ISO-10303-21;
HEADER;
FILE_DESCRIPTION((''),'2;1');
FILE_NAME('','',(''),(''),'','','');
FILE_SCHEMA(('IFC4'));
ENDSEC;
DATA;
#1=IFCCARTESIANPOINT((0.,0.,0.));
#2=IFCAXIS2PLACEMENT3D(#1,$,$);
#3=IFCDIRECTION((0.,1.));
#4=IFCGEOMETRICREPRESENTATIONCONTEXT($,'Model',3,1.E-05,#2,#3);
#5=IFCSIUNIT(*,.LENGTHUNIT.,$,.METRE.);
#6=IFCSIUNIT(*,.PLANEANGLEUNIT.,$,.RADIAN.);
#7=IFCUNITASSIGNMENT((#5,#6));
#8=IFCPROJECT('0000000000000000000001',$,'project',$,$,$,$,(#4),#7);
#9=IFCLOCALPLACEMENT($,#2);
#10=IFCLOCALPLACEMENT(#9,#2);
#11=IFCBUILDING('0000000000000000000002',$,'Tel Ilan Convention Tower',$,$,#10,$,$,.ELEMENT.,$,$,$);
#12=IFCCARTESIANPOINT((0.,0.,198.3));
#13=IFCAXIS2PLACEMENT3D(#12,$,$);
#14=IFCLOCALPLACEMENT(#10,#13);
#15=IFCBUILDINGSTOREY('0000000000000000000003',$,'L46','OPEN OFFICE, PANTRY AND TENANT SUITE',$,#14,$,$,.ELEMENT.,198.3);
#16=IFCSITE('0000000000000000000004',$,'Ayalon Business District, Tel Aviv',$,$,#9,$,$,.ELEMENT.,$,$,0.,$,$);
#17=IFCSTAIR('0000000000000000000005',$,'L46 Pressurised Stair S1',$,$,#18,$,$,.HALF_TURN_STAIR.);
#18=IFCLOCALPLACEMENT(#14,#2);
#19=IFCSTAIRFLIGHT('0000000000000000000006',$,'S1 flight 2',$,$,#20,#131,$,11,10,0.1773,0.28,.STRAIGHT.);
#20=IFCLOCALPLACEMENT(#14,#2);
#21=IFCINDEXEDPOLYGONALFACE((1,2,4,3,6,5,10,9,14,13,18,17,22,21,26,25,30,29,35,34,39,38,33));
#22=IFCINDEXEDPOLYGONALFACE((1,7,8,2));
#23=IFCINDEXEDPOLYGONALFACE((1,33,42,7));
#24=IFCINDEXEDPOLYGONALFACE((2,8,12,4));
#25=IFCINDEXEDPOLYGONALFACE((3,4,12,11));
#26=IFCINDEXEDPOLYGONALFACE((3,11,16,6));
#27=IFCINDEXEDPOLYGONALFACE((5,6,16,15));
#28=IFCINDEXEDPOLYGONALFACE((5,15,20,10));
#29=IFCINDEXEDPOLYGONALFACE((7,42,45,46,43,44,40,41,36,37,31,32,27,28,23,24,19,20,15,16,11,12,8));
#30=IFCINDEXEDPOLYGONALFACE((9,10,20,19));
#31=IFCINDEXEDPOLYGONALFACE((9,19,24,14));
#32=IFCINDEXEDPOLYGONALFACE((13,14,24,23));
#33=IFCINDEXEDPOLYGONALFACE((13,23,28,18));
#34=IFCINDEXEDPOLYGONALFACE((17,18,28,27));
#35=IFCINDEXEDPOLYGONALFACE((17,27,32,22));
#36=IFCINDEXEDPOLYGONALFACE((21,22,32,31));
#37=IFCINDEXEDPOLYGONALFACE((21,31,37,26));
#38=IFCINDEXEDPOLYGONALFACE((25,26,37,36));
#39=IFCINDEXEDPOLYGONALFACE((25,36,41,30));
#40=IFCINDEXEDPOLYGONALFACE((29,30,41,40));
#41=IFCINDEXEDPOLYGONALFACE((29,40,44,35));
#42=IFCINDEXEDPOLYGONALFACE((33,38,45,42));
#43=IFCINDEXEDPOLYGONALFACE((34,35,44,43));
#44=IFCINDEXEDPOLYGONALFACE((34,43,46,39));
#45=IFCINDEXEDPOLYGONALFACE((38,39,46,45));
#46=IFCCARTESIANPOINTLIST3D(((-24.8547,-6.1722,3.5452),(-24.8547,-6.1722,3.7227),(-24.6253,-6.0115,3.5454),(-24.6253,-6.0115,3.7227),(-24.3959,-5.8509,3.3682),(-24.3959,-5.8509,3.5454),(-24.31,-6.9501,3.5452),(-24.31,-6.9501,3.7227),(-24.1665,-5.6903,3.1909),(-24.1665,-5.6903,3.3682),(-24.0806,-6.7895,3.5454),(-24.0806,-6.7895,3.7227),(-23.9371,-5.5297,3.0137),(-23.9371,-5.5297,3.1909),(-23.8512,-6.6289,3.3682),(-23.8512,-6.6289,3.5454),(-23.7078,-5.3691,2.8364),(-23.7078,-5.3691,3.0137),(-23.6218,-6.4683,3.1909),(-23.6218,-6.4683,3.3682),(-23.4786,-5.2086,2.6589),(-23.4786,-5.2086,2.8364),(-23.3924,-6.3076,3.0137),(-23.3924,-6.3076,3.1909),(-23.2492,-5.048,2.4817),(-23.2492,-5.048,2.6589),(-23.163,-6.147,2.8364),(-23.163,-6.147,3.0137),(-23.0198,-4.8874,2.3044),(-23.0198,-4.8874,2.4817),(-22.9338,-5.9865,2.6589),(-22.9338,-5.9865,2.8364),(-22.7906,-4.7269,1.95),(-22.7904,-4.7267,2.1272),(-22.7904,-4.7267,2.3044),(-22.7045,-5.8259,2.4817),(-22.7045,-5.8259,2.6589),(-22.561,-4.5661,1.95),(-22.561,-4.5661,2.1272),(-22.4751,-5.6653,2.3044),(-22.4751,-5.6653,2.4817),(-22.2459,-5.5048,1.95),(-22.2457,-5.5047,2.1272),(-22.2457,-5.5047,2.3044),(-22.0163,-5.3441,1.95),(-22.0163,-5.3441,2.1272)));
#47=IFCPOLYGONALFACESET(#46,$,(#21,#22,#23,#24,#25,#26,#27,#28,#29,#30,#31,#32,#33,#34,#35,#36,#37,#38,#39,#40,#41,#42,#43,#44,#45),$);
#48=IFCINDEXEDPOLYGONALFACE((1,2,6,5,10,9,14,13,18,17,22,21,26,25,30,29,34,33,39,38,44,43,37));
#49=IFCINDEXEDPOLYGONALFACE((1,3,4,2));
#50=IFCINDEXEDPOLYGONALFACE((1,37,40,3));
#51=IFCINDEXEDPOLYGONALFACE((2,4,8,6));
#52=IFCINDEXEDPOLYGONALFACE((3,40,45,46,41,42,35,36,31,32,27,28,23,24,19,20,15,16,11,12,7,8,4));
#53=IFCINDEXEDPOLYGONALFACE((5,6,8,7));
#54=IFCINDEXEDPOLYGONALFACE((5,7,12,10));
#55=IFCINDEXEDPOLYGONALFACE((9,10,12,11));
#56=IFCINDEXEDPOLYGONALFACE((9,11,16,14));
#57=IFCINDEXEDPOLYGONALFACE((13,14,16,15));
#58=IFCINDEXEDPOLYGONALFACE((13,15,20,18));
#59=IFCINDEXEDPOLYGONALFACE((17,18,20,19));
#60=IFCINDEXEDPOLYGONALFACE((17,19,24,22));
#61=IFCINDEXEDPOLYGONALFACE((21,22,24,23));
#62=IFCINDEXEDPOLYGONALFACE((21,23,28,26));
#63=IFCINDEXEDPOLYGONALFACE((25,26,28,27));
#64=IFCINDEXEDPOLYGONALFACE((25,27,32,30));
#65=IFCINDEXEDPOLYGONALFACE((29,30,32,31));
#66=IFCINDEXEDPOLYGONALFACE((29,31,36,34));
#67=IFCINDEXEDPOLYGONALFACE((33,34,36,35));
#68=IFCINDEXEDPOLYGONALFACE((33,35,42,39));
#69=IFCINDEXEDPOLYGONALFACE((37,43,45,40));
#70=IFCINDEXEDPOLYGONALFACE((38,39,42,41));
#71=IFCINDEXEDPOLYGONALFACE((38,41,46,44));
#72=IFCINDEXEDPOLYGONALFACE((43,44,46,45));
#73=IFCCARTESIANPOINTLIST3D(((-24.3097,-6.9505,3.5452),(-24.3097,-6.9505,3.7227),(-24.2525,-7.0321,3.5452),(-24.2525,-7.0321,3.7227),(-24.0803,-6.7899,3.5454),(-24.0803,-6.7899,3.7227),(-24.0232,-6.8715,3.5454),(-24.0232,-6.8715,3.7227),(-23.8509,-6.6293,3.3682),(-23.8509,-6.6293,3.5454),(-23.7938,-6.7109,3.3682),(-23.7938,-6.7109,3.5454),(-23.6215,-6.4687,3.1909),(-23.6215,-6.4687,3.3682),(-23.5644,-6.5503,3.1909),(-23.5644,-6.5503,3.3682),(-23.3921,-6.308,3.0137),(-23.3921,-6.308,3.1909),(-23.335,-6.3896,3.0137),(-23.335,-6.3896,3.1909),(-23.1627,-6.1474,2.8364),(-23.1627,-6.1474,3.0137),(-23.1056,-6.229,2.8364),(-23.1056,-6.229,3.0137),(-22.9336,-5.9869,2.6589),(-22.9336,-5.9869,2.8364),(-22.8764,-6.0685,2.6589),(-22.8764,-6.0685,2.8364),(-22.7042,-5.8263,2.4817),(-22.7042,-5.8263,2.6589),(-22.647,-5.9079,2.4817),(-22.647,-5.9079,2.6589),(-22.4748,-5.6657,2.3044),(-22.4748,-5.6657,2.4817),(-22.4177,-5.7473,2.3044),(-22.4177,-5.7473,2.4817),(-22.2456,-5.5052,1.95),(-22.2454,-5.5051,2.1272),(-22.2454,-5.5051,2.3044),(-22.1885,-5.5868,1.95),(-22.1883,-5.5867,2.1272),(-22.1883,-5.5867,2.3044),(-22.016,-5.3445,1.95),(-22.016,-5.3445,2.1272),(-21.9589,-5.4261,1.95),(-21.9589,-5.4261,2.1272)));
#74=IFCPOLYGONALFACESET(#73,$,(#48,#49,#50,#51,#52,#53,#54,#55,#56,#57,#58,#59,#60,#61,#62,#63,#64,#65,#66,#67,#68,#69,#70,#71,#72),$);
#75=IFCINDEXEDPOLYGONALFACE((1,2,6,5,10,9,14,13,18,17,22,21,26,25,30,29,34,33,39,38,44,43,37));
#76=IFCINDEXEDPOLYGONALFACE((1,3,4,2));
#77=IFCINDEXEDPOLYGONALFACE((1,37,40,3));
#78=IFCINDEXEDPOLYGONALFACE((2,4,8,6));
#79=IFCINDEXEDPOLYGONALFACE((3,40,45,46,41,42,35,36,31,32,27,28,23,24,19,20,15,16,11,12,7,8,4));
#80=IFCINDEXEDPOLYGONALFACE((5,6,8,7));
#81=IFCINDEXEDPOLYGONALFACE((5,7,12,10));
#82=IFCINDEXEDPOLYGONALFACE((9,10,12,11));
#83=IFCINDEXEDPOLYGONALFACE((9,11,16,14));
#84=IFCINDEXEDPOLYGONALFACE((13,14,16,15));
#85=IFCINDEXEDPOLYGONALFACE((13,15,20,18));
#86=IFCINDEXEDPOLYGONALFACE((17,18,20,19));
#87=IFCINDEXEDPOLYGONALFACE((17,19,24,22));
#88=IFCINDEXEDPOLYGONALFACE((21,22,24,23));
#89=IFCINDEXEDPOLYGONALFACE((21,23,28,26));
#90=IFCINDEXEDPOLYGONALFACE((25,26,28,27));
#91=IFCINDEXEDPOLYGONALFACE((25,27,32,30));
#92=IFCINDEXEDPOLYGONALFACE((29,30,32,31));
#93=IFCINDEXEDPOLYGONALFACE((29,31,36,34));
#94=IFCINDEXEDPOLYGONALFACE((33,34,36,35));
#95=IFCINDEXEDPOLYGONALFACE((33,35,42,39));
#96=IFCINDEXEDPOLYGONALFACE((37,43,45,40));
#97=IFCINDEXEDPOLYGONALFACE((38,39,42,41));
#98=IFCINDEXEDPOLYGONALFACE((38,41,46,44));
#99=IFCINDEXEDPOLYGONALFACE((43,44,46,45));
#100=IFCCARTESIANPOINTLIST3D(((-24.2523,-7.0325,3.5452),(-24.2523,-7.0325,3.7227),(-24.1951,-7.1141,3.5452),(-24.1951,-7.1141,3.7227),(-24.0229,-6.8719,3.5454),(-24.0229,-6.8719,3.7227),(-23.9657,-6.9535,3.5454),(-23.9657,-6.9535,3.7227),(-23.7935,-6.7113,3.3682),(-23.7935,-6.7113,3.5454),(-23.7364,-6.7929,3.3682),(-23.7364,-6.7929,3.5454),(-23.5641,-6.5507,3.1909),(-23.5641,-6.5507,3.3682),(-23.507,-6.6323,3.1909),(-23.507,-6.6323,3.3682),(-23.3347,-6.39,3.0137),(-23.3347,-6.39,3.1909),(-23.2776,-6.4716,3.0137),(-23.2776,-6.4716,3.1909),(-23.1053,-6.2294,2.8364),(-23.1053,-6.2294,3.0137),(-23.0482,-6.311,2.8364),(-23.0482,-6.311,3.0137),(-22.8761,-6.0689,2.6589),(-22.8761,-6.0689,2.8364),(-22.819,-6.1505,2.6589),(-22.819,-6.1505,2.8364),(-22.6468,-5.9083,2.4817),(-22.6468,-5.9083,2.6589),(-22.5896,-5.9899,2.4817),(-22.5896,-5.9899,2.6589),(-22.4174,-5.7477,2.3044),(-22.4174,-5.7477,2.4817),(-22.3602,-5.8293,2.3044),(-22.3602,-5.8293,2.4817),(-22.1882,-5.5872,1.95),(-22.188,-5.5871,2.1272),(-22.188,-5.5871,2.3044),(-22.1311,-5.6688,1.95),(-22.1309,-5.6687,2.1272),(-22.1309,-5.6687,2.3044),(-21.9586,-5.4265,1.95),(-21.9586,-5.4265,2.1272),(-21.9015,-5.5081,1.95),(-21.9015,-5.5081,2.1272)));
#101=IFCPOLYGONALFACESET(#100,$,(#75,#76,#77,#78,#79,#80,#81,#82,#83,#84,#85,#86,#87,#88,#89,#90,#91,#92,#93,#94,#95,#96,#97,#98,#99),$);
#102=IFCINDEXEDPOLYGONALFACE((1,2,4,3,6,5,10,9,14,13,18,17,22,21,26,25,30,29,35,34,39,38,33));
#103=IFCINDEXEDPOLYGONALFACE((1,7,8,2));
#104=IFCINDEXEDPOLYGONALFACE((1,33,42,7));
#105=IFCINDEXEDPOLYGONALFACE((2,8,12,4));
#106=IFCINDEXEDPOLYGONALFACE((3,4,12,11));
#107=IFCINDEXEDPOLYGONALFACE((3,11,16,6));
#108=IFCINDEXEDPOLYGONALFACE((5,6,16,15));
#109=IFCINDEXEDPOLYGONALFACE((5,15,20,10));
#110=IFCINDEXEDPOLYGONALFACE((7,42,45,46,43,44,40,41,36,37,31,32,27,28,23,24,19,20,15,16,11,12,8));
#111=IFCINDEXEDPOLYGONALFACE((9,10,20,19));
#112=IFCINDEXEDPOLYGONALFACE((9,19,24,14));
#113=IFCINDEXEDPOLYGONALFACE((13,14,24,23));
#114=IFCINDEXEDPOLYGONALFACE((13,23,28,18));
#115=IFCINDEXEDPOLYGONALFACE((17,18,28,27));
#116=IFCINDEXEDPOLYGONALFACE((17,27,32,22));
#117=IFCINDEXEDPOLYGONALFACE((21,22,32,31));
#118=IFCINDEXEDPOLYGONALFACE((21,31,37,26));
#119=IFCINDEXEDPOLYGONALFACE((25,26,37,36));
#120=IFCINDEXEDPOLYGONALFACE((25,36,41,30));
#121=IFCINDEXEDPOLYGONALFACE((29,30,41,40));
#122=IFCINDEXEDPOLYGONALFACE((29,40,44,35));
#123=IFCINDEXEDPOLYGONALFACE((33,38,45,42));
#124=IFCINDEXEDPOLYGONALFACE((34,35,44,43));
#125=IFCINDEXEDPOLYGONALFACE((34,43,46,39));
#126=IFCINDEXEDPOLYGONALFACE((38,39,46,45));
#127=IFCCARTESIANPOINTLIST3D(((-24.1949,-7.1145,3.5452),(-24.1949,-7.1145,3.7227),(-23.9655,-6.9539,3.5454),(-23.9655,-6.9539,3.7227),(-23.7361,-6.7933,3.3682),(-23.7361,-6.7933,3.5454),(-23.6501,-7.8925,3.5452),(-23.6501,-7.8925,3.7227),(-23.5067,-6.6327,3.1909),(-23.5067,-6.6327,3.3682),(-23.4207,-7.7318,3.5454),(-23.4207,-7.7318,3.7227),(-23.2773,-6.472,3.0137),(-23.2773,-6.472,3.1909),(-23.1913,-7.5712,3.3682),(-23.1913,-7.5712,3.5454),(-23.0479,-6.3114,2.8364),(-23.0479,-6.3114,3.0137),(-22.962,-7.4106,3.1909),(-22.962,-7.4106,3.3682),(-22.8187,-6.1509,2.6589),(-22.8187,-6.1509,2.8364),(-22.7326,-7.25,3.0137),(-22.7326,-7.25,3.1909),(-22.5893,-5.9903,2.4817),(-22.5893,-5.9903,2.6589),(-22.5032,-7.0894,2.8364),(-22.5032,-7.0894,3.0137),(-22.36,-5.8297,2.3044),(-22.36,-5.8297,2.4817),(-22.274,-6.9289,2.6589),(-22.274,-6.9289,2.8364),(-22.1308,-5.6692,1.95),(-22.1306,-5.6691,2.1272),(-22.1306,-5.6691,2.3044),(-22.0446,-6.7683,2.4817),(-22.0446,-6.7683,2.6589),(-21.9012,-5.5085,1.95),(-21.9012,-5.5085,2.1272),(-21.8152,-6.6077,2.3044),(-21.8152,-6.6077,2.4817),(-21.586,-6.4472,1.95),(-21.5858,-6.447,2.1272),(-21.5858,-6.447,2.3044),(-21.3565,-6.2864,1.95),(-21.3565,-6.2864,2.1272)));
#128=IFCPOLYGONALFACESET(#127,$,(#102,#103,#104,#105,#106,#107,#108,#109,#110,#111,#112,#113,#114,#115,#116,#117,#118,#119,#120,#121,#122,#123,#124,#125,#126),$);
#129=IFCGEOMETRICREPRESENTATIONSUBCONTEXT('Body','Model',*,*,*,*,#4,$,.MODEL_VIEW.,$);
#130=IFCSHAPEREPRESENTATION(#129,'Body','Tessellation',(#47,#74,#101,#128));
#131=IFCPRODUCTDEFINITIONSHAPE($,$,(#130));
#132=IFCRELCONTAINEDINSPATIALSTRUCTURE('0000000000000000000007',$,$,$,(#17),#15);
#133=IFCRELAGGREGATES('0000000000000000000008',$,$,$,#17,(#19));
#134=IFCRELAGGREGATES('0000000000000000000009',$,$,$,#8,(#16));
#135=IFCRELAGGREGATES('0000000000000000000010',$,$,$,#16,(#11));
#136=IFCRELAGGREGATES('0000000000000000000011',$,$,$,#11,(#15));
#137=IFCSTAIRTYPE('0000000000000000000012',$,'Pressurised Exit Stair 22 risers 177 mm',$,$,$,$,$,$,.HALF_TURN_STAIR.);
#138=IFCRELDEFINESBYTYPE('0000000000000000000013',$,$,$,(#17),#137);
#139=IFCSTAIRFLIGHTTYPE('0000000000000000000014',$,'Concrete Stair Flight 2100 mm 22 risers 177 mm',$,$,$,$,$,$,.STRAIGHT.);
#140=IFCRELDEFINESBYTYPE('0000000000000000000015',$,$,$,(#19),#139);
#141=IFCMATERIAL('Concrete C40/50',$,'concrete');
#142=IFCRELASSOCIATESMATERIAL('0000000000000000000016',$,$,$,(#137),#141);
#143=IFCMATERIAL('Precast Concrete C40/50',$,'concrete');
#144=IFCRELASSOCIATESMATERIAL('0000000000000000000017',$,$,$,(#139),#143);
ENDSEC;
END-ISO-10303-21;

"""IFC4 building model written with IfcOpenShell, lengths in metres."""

from ifc_helpers import new_model, si_unit, direction, frame, origin, place, context, subcontext, project, spatial, polyline, outline, extrude, material, type_object, element, aggregate, save


model = new_model("IFC4")

# Units and contexts
model_context = context("Model", 3, precision=1e-05, world=origin(), true_north=direction((0.0, 1.0)))
body_context = subcontext(model_context, "Body", "Model", "MODEL_VIEW")
ifc_project = project(units=[si_unit("LENGTHUNIT", "METRE"), si_unit("PLANEANGLEUNIT", "RADIAN")], contexts=[model_context])

# Site, building, storey
site_placement = place(None, origin())
site = spatial("IfcSite", under=ifc_project, at=site_placement, Name="Ayalon Business District, Tel Aviv", CompositionType="ELEMENT", RefElevation=0.0)
building_placement = place(site_placement, origin())
building = spatial("IfcBuilding", under=site, at=building_placement, Name="Tel Ilan Convention Tower", CompositionType="ELEMENT")
storey_placement = place(building_placement, frame((0.0, 0.0, 198.3)))
storey = spatial("IfcBuildingStorey", under=building, at=storey_placement, Name="L46", Description="OPEN OFFICE, PANTRY AND TENANT SUITE", CompositionType="ELEMENT", Elevation=198.3)

# Stair, stair flight
ifc_material_1 = material(Name="Concrete C40/50", Category="concrete")
stair_type = type_object("IfcStairType", Name="Pressurised Exit Stair 22 risers 177 mm", PredefinedType="HALF_TURN_STAIR", material=ifc_material_1)
stair_1_placement = place(storey_placement, origin())
stair_1 = element("IfcStair", 1, at=stair_1_placement, inside=storey, type_object=stair_type, Name="L46 Pressurised Stair S1", PredefinedType="HALF_TURN_STAIR")
ifc_material_2 = material(Name="Precast Concrete C40/50", Category="concrete")
stair_flight_type = type_object("IfcStairFlightType", Name="Concrete Stair Flight 2100 mm 22 risers 177 mm", PredefinedType="STRAIGHT", material=ifc_material_2)
stair_flight_1_placement = place(storey_placement, frame((-21.9587, -5.4263, 1.95), z_axis=(0.0, 0.0, 1.0), x_axis=(-0.819152, -0.573576, 0.0)))
stair_flight_1 = element("IfcStairFlight", 2, at=stair_flight_1_placement, type_object=stair_flight_type, Name="S1 flight 2", NumberOfRisers=11, NumberOfTreads=10, PredefinedType="STRAIGHT", RiserHeight=0.1773, TreadLength=0.28, context=body_context, shape_type="SweptSolid", body=[
    extrude(outline(polyline([(0.0, 0.0), (0.0, 0.1772), (0.28, 0.1772), (0.28, 0.3545), (0.5601, 0.3545), (0.5601, 0.5317), (0.8401, 0.5317), (0.8401, 0.709), (1.1201, 0.709), (1.1201, 0.8865), (1.3999, 0.8865), (1.3999, 1.0637), (1.6799, 1.0637), (1.6799, 1.241), (1.96, 1.241), (1.96, 1.4182), (2.24, 1.4182), (2.24, 1.5955), (2.52, 1.5955), (2.52, 1.7727), (2.8, 1.7727), (2.8, 1.95), (2.8, 1.5952), (0.2803, 0.0), (0.0, 0.0)])), frame((0.0, -0.1003, 0.0), z_axis=(0.0, -1.0, 0.0), x_axis=(1.0, 0.0, 0.0)), (0.0, 0.0, 1.0), 0.9497),
    extrude(outline(polyline([(0.0, 0.0), (0.0, 0.1772), (0.28, 0.1772), (0.28, 0.3545), (0.5601, 0.3545), (0.5601, 0.5317), (0.8401, 0.5317), (0.8401, 0.709), (1.1201, 0.709), (1.1201, 0.8865), (1.3999, 0.8865), (1.3999, 1.0637), (1.6799, 1.0637), (1.6799, 1.241), (1.96, 1.241), (1.96, 1.4182), (2.24, 1.4182), (2.24, 1.5955), (2.52, 1.5955), (2.52, 1.7727), (2.8, 1.7727), (2.8, 1.95), (2.8, 1.5952), (0.2803, 0.0), (0.0, 0.0)])), frame((0.0, -0.0002, 0.0), z_axis=(0.0, -1.0, 0.0), x_axis=(1.0, 0.0, 0.0)), (0.0, 0.0, 1.0), 0.0996),
    extrude(outline(polyline([(0.0, 0.0), (0.0, 0.1772), (0.28, 0.1772), (0.28, 0.3545), (0.5601, 0.3545), (0.5601, 0.5317), (0.8401, 0.5317), (0.8401, 0.709), (1.1201, 0.709), (1.1201, 0.8865), (1.3999, 0.8865), (1.3999, 1.0637), (1.6799, 1.0637), (1.6799, 1.241), (1.96, 1.241), (1.96, 1.4182), (2.24, 1.4182), (2.24, 1.5955), (2.52, 1.5955), (2.52, 1.7727), (2.8, 1.7727), (2.8, 1.95), (2.8, 1.5952), (0.2803, 0.0), (0.0, 0.0)])), frame((0.0, 0.0999, 0.0), z_axis=(0.0, -1.0, 0.0), x_axis=(1.0, 0.0, 0.0)), (0.0, 0.0, 1.0), 0.0996),
    extrude(outline(polyline([(0.0, 0.0), (0.0, 0.1772), (0.28, 0.1772), (0.28, 0.3545), (0.5601, 0.3545), (0.5601, 0.5317), (0.8401, 0.5317), (0.8401, 0.709), (1.1201, 0.709), (1.1201, 0.8865), (1.3999, 0.8865), (1.3999, 1.0637), (1.6799, 1.0637), (1.6799, 1.241), (1.96, 1.241), (1.96, 1.4182), (2.24, 1.4182), (2.24, 1.5955), (2.52, 1.5955), (2.52, 1.7727), (2.8, 1.7727), (2.8, 1.95), (2.8, 1.5952), (0.2803, 0.0), (0.0, 0.0)])), frame((0.0, 1.05, 0.0), z_axis=(0.0, -1.0, 0.0), x_axis=(1.0, 0.0, 0.0)), (0.0, 0.0, 1.0), 0.9497),
])
aggregate(stair_1, [stair_flight_1])

save(model, "model.ifc")
